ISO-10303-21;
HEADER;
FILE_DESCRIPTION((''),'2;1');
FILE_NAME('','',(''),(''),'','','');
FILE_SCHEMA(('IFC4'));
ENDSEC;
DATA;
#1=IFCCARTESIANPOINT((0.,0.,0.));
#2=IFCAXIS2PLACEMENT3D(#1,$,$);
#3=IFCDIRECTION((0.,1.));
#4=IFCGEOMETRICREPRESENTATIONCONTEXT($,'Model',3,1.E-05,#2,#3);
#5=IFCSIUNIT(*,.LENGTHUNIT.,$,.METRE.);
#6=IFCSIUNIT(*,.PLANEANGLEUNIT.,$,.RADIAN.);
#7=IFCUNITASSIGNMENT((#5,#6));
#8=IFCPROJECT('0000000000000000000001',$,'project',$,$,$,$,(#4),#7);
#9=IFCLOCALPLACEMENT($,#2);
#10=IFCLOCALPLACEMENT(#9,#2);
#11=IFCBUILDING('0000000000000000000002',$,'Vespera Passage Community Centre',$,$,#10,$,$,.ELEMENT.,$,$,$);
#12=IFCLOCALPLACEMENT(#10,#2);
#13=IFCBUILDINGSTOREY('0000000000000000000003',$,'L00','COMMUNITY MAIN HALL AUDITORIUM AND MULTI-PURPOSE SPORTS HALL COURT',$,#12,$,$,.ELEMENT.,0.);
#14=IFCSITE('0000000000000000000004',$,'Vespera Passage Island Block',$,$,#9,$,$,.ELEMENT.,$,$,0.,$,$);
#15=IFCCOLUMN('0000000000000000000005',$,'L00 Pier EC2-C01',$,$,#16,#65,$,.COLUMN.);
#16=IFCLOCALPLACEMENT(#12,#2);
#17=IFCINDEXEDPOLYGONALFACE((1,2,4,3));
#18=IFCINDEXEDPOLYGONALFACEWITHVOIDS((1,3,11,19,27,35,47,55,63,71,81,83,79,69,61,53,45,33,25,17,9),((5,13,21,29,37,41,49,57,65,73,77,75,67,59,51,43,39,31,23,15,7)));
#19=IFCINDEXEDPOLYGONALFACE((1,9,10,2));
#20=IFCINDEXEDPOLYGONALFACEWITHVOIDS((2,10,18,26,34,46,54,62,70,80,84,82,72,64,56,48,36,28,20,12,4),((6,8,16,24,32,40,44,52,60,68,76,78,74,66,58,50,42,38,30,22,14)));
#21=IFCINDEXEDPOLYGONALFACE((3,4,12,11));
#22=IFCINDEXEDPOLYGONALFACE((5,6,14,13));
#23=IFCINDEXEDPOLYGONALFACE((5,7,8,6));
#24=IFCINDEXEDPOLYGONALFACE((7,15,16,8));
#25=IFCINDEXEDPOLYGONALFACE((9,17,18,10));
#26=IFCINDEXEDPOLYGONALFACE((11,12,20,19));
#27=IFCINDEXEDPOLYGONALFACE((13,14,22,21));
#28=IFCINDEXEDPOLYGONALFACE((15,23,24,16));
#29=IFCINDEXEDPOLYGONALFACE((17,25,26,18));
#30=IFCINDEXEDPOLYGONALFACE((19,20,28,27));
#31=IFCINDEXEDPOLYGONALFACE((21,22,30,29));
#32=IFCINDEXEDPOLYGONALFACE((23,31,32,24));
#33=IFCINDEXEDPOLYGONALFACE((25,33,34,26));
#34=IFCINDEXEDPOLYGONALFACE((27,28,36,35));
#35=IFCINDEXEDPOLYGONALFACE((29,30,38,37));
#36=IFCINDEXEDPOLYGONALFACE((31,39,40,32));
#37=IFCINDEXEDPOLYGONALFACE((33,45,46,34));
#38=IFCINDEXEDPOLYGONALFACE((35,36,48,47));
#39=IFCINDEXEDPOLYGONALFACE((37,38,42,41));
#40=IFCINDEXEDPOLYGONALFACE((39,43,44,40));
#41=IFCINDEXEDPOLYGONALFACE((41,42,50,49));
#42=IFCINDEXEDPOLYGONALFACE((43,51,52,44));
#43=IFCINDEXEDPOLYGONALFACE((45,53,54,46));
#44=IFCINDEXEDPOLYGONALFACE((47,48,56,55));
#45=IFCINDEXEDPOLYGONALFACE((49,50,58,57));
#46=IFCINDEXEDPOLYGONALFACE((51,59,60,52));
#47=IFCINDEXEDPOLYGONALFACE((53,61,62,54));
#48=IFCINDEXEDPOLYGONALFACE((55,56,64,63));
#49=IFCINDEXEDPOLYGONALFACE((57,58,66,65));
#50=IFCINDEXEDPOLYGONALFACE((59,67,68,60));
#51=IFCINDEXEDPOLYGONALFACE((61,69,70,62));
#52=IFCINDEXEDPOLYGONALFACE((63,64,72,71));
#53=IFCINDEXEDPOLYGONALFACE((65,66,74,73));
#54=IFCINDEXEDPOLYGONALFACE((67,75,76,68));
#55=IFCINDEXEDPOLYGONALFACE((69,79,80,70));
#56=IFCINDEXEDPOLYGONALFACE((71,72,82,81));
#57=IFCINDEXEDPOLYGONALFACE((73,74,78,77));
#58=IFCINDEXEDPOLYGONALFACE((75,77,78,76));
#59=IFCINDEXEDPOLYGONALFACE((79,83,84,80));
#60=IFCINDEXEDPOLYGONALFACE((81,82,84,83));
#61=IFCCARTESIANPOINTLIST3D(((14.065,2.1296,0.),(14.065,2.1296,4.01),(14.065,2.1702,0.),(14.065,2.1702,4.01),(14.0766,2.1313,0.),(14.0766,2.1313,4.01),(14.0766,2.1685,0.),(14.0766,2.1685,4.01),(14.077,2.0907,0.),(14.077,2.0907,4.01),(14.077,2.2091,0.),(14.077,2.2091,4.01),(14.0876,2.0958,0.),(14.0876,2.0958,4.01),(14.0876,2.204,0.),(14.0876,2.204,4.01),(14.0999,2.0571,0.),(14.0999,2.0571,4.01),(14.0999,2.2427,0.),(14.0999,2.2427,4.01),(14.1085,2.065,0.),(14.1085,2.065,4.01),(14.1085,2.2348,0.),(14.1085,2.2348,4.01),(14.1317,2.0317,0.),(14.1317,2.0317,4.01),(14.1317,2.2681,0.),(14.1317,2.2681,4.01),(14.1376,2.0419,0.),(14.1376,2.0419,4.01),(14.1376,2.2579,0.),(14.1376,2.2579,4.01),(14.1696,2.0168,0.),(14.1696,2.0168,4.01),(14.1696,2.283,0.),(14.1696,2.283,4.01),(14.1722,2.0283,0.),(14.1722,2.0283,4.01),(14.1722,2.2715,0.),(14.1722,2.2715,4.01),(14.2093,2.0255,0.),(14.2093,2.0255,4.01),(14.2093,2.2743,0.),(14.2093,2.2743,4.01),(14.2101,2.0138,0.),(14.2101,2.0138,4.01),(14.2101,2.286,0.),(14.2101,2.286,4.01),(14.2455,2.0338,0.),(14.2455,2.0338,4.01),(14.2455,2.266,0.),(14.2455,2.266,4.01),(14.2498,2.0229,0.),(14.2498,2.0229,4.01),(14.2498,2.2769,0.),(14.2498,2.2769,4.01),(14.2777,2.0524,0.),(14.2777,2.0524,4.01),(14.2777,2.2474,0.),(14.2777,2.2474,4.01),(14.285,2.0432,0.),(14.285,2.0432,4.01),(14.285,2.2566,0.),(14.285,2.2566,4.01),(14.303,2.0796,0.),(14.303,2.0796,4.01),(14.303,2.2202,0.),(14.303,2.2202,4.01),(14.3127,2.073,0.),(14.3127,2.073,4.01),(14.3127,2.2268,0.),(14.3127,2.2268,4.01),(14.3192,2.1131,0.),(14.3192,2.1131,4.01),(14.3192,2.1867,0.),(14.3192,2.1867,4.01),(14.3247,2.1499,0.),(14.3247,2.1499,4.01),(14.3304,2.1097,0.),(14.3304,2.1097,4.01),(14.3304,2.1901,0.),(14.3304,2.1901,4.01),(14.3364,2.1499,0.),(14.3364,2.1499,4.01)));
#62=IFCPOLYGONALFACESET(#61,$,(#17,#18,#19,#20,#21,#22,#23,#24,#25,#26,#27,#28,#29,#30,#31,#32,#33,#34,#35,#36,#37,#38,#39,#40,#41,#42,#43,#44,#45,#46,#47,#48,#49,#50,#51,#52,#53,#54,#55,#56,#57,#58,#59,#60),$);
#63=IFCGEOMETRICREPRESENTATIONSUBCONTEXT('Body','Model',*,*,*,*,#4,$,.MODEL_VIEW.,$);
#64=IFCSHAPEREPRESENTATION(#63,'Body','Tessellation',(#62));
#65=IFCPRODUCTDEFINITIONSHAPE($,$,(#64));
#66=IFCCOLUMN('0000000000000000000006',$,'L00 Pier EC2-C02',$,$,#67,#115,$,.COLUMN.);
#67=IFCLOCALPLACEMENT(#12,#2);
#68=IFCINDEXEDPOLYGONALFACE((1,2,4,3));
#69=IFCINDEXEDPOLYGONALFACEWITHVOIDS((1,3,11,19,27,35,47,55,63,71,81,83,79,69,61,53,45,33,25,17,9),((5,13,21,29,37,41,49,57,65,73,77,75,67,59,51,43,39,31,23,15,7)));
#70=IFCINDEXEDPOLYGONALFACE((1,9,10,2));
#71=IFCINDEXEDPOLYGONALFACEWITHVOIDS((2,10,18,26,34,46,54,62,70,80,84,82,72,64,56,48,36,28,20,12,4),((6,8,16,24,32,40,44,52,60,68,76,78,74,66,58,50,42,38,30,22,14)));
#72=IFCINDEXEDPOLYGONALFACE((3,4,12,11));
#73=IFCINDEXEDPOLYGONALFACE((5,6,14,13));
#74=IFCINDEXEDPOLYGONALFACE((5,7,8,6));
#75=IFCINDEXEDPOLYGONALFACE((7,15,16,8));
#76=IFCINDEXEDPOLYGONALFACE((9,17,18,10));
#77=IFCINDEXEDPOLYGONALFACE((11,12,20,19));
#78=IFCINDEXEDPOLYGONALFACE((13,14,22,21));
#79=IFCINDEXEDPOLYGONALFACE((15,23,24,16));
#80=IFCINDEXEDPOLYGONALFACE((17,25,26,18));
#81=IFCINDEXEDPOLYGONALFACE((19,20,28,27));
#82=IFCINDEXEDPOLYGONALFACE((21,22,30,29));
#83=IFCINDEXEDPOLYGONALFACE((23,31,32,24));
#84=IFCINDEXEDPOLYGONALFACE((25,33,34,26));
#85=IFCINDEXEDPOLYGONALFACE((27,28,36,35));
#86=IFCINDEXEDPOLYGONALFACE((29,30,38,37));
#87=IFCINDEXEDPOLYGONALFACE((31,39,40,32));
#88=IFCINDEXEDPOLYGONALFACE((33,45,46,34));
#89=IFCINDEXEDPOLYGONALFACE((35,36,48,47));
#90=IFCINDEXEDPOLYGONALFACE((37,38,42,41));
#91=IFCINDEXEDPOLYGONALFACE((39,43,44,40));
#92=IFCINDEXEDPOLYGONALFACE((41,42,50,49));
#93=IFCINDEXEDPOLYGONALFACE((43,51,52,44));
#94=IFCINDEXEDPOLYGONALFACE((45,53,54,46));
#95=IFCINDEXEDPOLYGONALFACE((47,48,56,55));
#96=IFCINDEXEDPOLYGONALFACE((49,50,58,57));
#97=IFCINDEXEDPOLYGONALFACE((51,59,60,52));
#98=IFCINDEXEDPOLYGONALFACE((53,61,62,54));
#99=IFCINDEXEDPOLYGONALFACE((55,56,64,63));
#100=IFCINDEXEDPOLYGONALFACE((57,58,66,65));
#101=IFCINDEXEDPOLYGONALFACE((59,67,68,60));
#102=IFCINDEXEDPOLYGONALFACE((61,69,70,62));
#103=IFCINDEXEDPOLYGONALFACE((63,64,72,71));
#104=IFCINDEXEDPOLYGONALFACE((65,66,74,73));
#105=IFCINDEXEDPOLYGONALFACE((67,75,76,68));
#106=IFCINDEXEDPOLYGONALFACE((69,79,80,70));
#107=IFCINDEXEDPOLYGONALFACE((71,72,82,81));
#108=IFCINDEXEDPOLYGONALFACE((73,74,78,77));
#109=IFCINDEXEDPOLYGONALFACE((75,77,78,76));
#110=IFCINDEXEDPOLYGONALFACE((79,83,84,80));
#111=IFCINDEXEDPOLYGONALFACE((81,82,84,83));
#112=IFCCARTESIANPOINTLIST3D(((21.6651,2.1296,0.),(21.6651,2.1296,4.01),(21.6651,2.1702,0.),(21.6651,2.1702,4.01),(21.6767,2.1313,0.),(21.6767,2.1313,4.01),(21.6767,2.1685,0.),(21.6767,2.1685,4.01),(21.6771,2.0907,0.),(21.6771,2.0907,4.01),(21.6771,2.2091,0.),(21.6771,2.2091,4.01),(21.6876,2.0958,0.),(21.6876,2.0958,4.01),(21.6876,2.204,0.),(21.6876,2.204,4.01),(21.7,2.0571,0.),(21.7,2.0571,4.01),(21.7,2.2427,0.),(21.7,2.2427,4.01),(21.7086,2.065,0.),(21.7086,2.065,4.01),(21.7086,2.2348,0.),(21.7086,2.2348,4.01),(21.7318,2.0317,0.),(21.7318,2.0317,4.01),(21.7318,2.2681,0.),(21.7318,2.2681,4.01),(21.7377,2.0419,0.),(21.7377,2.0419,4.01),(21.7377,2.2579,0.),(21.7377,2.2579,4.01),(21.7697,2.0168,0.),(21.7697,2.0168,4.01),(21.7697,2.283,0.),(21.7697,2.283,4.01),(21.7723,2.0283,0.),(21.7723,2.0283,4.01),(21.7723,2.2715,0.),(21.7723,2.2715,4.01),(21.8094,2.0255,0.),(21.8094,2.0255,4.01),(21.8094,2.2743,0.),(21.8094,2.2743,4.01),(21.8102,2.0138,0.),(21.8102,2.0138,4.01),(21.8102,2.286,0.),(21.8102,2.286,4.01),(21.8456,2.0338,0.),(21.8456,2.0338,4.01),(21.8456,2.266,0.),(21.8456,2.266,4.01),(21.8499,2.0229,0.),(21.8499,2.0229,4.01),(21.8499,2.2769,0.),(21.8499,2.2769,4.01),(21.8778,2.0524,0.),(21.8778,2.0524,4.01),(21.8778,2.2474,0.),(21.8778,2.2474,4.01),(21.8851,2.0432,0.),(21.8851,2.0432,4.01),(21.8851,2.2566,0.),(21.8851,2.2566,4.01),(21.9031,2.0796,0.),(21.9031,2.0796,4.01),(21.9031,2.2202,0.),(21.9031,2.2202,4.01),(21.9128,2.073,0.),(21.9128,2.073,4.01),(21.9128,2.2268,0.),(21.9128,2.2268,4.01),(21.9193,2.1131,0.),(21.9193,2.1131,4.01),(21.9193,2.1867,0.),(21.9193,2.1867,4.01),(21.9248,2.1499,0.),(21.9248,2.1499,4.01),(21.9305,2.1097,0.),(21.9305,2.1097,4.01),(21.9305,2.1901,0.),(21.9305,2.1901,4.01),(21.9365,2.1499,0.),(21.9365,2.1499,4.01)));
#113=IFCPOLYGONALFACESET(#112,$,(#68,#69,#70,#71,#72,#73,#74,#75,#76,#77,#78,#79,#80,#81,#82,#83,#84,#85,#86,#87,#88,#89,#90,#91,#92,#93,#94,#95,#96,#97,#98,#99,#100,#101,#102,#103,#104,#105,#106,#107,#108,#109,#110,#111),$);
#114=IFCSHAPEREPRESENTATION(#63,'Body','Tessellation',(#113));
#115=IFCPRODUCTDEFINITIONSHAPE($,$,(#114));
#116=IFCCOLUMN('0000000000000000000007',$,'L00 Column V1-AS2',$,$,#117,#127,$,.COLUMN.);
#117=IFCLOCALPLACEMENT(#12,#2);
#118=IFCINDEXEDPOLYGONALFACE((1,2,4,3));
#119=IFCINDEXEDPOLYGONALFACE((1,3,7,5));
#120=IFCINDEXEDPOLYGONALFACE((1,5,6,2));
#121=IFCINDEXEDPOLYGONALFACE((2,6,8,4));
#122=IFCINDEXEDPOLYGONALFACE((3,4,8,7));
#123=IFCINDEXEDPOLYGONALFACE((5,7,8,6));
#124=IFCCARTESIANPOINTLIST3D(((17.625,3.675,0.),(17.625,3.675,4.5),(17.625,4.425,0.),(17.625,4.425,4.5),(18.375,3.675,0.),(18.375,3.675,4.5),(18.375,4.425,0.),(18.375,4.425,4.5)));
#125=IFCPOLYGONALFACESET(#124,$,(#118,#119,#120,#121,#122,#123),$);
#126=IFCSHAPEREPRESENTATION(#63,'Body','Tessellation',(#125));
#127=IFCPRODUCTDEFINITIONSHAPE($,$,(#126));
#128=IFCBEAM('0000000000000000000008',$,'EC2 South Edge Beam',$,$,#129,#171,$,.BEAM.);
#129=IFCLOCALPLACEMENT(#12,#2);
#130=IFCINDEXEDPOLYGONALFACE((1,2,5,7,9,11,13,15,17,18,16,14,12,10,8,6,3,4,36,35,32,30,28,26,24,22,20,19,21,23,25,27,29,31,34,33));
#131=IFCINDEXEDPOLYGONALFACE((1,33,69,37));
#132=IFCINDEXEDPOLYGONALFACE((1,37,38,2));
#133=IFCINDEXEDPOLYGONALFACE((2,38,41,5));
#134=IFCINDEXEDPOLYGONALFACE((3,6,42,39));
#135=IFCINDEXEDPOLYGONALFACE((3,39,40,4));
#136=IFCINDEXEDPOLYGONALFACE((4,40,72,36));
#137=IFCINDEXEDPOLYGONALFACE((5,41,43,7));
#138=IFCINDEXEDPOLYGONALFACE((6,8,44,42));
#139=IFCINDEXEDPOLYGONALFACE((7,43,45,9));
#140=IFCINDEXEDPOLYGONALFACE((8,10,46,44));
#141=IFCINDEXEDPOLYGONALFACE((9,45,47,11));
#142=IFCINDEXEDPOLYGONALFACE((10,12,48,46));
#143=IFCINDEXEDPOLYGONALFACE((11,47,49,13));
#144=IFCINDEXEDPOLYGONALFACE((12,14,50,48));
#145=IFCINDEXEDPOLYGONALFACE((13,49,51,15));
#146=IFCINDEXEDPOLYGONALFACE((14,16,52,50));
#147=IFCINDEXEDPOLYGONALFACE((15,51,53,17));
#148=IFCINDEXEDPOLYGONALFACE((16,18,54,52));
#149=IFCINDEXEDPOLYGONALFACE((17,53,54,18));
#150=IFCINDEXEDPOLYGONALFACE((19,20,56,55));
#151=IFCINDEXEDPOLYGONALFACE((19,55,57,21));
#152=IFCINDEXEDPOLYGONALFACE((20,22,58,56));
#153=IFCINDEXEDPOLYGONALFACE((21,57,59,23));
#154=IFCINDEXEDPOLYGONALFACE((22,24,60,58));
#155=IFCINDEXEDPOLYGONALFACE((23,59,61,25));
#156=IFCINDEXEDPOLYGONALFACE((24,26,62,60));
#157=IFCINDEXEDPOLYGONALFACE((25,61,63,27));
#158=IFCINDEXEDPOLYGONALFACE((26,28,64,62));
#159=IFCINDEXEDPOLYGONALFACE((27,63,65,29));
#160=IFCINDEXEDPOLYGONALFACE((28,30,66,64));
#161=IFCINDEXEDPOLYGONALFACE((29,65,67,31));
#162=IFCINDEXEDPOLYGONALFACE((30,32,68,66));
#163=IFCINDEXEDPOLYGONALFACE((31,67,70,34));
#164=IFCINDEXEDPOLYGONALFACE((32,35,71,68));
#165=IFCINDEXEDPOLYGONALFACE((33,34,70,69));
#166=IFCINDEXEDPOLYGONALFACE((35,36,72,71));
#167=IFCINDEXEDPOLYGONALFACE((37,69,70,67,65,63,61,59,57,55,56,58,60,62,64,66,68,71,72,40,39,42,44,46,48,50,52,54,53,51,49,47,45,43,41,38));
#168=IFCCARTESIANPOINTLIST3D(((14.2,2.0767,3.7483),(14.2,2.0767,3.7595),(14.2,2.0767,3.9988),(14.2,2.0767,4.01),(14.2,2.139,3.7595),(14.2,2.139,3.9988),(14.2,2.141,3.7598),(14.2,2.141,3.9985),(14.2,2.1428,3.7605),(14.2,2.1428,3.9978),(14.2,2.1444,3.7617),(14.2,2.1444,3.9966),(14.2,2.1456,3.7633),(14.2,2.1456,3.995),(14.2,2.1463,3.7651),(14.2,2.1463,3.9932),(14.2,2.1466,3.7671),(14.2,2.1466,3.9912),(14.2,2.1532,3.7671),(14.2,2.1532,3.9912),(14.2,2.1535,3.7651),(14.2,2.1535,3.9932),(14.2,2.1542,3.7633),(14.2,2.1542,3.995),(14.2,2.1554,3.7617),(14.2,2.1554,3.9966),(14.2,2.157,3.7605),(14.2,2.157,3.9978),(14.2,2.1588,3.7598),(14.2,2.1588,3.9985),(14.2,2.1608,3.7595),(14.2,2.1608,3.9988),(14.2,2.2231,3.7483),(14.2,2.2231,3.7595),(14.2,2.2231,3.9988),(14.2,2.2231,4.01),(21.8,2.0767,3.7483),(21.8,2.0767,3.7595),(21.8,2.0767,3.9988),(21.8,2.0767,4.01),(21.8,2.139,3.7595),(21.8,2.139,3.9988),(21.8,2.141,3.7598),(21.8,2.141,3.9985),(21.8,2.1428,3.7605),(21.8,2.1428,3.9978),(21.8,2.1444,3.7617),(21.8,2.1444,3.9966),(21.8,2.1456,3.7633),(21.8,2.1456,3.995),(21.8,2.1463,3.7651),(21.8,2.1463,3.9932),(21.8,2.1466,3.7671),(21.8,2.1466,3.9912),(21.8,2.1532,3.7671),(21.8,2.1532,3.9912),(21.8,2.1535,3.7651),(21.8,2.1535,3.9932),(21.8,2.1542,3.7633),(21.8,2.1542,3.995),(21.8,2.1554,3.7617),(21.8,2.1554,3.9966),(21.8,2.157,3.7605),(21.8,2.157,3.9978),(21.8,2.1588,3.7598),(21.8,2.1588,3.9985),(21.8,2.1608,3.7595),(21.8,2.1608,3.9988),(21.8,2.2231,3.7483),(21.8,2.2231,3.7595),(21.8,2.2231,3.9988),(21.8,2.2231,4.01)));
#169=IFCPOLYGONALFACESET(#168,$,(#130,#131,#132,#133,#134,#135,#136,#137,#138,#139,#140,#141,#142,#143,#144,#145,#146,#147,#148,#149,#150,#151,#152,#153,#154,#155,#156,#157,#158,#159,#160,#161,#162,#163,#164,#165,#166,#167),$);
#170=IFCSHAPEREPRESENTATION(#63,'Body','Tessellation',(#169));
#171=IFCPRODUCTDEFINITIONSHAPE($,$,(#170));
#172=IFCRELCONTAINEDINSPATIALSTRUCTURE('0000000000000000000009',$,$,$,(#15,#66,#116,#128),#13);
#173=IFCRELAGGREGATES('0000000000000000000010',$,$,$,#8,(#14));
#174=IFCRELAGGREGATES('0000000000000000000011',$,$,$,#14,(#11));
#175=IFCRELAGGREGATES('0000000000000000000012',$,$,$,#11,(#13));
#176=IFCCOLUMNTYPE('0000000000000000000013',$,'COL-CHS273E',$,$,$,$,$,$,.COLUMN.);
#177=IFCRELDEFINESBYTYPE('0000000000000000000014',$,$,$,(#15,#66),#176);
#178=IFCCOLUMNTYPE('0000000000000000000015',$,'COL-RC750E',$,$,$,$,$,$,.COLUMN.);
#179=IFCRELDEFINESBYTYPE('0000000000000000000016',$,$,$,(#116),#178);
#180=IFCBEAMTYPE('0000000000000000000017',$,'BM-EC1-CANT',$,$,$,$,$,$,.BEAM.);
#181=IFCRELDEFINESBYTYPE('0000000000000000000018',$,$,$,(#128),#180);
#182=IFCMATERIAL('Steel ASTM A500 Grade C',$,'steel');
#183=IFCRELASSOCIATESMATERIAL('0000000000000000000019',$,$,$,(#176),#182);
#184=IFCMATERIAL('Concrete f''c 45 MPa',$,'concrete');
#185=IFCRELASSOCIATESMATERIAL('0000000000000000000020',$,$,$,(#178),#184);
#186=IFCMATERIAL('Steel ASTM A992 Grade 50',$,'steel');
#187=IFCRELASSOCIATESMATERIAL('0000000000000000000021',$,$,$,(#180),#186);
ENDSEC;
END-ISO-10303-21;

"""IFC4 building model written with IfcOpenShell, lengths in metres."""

from ifc_helpers import new_model, si_unit, direction, frame, origin, origin_2d, place, context, subcontext, project, spatial, rectangle, hollow_circle, i_section, extrude, material, material_profile, profile_set, type_object, element, save


model = new_model("IFC4")

# Units and contexts
model_context = context("Model", 3, precision=1e-05, world=origin(), true_north=direction((0.0, 1.0)))
body_context = subcontext(model_context, "Body", "Model", "MODEL_VIEW")
ifc_project = project(units=[si_unit("LENGTHUNIT", "METRE"), si_unit("PLANEANGLEUNIT", "RADIAN")], contexts=[model_context])

# Site, building, storey
site_placement = place(None, origin())
site = spatial("IfcSite", under=ifc_project, at=site_placement, Name="Vespera Passage Island Block", CompositionType="ELEMENT", RefElevation=0.0)
building_placement = place(site_placement, origin())
building = spatial("IfcBuilding", under=site, at=building_placement, Name="Vespera Passage Community Centre", CompositionType="ELEMENT")
storey_placement = place(building_placement, origin())
storey = spatial("IfcBuildingStorey", under=building, at=storey_placement, Name="L00", Description="COMMUNITY MAIN HALL AUDITORIUM AND MULTI-PURPOSE SPORTS HALL COURT", CompositionType="ELEMENT", Elevation=0.0)

# Columns
ifc_material_1 = material(Name="Steel ASTM A500 Grade C", Category="steel")
ifc_material_profile_1 = material_profile(ifc_material_1, hollow_circle(Radius=0.1365, WallThickness=0.0117, at=origin_2d()), Name="CHS273X12.7")
ifc_profile_set_1 = profile_set([ifc_material_profile_1], Name="Steel ASTM A500 Grade C")
column_type_1 = type_object("IfcColumnType", Name="COL-CHS273E", PredefinedType="COLUMN", material=ifc_profile_set_1)
for number, where, z_axis, x_axis, name in (
    (1, (14.2, 2.1499, 0.0), (0.0, 0.0, 1.0), (1.0, 0.0, 0.0), "L00 Pier EC2-C01"),
    (2, (21.8, 2.1499, 0.0), (0.0, 0.0, 1.0), (1.0, 0.0, 0.0), "L00 Pier EC2-C02"),
):
    element("IfcColumn", number, at=place(storey_placement, frame(where, z_axis=z_axis, x_axis=x_axis)), inside=storey, type_object=column_type_1, Name=name, PredefinedType="COLUMN", context=body_context, shape_type="SweptSolid", body=[
        extrude(hollow_circle(Radius=0.1365, WallThickness=0.0117, at=origin_2d()), origin(), (0.0, 0.0, 1.0), 4.01),
    ])
ifc_material_2 = material(Name="Concrete f'c 45 MPa", Category="concrete")
ifc_material_profile_2 = material_profile(ifc_material_2, rectangle(XDim=0.75, YDim=0.75, at=origin_2d()), Name="RC750X750")
ifc_profile_set_2 = profile_set([ifc_material_profile_2], Name="Concrete f'c 45 MPa")
column_type_2 = type_object("IfcColumnType", Name="COL-RC750E", PredefinedType="COLUMN", material=ifc_profile_set_2)
column_placement = place(storey_placement, frame((18.0, 4.05, 0.0), z_axis=(0.0, 0.0, 1.0), x_axis=(1.0, 0.0, 0.0)))
element("IfcColumn", 3, at=column_placement, inside=storey, type_object=column_type_2, Name="L00 Column V1-AS2", PredefinedType="COLUMN", context=body_context, shape_type="SweptSolid", body=[
    extrude(rectangle(XDim=0.75, YDim=0.75, at=origin_2d()), origin(), (0.0, 0.0, 1.0), 4.5),
])

# Beam
ifc_material_3 = material(Name="Steel ASTM A992 Grade 50", Category="steel")
ifc_material_profile_3 = material_profile(ifc_material_3, i_section(OverallWidth=0.1465, OverallDepth=0.2617, WebThickness=0.0066, FlangeThickness=0.0112, FilletRadius=0.0076, at=origin_2d()), Name="W10X26")
ifc_profile_set_3 = profile_set([ifc_material_profile_3], Name="Steel ASTM A992 Grade 50")
beam_type_1 = type_object("IfcBeamType", Name="BM-EC1-CANT", PredefinedType="BEAM", material=ifc_profile_set_3)
beam_1_placement = place(storey_placement, frame((14.2, 2.1499, 3.8792), z_axis=(1.0, 0.0, 0.0), x_axis=(0.0, 1.0, 0.0)))
element("IfcBeam", 4, at=beam_1_placement, inside=storey, type_object=beam_type_1, Name="EC2 South Edge Beam", PredefinedType="BEAM", context=body_context, shape_type="SweptSolid", body=[
    extrude(i_section(OverallWidth=0.1465, OverallDepth=0.2617, WebThickness=0.0066, FlangeThickness=0.0112, FilletRadius=0.0076, at=origin_2d()), origin(), (0.0, 0.0, 1.0), 7.6001),
])

save(model, "model.ifc")
